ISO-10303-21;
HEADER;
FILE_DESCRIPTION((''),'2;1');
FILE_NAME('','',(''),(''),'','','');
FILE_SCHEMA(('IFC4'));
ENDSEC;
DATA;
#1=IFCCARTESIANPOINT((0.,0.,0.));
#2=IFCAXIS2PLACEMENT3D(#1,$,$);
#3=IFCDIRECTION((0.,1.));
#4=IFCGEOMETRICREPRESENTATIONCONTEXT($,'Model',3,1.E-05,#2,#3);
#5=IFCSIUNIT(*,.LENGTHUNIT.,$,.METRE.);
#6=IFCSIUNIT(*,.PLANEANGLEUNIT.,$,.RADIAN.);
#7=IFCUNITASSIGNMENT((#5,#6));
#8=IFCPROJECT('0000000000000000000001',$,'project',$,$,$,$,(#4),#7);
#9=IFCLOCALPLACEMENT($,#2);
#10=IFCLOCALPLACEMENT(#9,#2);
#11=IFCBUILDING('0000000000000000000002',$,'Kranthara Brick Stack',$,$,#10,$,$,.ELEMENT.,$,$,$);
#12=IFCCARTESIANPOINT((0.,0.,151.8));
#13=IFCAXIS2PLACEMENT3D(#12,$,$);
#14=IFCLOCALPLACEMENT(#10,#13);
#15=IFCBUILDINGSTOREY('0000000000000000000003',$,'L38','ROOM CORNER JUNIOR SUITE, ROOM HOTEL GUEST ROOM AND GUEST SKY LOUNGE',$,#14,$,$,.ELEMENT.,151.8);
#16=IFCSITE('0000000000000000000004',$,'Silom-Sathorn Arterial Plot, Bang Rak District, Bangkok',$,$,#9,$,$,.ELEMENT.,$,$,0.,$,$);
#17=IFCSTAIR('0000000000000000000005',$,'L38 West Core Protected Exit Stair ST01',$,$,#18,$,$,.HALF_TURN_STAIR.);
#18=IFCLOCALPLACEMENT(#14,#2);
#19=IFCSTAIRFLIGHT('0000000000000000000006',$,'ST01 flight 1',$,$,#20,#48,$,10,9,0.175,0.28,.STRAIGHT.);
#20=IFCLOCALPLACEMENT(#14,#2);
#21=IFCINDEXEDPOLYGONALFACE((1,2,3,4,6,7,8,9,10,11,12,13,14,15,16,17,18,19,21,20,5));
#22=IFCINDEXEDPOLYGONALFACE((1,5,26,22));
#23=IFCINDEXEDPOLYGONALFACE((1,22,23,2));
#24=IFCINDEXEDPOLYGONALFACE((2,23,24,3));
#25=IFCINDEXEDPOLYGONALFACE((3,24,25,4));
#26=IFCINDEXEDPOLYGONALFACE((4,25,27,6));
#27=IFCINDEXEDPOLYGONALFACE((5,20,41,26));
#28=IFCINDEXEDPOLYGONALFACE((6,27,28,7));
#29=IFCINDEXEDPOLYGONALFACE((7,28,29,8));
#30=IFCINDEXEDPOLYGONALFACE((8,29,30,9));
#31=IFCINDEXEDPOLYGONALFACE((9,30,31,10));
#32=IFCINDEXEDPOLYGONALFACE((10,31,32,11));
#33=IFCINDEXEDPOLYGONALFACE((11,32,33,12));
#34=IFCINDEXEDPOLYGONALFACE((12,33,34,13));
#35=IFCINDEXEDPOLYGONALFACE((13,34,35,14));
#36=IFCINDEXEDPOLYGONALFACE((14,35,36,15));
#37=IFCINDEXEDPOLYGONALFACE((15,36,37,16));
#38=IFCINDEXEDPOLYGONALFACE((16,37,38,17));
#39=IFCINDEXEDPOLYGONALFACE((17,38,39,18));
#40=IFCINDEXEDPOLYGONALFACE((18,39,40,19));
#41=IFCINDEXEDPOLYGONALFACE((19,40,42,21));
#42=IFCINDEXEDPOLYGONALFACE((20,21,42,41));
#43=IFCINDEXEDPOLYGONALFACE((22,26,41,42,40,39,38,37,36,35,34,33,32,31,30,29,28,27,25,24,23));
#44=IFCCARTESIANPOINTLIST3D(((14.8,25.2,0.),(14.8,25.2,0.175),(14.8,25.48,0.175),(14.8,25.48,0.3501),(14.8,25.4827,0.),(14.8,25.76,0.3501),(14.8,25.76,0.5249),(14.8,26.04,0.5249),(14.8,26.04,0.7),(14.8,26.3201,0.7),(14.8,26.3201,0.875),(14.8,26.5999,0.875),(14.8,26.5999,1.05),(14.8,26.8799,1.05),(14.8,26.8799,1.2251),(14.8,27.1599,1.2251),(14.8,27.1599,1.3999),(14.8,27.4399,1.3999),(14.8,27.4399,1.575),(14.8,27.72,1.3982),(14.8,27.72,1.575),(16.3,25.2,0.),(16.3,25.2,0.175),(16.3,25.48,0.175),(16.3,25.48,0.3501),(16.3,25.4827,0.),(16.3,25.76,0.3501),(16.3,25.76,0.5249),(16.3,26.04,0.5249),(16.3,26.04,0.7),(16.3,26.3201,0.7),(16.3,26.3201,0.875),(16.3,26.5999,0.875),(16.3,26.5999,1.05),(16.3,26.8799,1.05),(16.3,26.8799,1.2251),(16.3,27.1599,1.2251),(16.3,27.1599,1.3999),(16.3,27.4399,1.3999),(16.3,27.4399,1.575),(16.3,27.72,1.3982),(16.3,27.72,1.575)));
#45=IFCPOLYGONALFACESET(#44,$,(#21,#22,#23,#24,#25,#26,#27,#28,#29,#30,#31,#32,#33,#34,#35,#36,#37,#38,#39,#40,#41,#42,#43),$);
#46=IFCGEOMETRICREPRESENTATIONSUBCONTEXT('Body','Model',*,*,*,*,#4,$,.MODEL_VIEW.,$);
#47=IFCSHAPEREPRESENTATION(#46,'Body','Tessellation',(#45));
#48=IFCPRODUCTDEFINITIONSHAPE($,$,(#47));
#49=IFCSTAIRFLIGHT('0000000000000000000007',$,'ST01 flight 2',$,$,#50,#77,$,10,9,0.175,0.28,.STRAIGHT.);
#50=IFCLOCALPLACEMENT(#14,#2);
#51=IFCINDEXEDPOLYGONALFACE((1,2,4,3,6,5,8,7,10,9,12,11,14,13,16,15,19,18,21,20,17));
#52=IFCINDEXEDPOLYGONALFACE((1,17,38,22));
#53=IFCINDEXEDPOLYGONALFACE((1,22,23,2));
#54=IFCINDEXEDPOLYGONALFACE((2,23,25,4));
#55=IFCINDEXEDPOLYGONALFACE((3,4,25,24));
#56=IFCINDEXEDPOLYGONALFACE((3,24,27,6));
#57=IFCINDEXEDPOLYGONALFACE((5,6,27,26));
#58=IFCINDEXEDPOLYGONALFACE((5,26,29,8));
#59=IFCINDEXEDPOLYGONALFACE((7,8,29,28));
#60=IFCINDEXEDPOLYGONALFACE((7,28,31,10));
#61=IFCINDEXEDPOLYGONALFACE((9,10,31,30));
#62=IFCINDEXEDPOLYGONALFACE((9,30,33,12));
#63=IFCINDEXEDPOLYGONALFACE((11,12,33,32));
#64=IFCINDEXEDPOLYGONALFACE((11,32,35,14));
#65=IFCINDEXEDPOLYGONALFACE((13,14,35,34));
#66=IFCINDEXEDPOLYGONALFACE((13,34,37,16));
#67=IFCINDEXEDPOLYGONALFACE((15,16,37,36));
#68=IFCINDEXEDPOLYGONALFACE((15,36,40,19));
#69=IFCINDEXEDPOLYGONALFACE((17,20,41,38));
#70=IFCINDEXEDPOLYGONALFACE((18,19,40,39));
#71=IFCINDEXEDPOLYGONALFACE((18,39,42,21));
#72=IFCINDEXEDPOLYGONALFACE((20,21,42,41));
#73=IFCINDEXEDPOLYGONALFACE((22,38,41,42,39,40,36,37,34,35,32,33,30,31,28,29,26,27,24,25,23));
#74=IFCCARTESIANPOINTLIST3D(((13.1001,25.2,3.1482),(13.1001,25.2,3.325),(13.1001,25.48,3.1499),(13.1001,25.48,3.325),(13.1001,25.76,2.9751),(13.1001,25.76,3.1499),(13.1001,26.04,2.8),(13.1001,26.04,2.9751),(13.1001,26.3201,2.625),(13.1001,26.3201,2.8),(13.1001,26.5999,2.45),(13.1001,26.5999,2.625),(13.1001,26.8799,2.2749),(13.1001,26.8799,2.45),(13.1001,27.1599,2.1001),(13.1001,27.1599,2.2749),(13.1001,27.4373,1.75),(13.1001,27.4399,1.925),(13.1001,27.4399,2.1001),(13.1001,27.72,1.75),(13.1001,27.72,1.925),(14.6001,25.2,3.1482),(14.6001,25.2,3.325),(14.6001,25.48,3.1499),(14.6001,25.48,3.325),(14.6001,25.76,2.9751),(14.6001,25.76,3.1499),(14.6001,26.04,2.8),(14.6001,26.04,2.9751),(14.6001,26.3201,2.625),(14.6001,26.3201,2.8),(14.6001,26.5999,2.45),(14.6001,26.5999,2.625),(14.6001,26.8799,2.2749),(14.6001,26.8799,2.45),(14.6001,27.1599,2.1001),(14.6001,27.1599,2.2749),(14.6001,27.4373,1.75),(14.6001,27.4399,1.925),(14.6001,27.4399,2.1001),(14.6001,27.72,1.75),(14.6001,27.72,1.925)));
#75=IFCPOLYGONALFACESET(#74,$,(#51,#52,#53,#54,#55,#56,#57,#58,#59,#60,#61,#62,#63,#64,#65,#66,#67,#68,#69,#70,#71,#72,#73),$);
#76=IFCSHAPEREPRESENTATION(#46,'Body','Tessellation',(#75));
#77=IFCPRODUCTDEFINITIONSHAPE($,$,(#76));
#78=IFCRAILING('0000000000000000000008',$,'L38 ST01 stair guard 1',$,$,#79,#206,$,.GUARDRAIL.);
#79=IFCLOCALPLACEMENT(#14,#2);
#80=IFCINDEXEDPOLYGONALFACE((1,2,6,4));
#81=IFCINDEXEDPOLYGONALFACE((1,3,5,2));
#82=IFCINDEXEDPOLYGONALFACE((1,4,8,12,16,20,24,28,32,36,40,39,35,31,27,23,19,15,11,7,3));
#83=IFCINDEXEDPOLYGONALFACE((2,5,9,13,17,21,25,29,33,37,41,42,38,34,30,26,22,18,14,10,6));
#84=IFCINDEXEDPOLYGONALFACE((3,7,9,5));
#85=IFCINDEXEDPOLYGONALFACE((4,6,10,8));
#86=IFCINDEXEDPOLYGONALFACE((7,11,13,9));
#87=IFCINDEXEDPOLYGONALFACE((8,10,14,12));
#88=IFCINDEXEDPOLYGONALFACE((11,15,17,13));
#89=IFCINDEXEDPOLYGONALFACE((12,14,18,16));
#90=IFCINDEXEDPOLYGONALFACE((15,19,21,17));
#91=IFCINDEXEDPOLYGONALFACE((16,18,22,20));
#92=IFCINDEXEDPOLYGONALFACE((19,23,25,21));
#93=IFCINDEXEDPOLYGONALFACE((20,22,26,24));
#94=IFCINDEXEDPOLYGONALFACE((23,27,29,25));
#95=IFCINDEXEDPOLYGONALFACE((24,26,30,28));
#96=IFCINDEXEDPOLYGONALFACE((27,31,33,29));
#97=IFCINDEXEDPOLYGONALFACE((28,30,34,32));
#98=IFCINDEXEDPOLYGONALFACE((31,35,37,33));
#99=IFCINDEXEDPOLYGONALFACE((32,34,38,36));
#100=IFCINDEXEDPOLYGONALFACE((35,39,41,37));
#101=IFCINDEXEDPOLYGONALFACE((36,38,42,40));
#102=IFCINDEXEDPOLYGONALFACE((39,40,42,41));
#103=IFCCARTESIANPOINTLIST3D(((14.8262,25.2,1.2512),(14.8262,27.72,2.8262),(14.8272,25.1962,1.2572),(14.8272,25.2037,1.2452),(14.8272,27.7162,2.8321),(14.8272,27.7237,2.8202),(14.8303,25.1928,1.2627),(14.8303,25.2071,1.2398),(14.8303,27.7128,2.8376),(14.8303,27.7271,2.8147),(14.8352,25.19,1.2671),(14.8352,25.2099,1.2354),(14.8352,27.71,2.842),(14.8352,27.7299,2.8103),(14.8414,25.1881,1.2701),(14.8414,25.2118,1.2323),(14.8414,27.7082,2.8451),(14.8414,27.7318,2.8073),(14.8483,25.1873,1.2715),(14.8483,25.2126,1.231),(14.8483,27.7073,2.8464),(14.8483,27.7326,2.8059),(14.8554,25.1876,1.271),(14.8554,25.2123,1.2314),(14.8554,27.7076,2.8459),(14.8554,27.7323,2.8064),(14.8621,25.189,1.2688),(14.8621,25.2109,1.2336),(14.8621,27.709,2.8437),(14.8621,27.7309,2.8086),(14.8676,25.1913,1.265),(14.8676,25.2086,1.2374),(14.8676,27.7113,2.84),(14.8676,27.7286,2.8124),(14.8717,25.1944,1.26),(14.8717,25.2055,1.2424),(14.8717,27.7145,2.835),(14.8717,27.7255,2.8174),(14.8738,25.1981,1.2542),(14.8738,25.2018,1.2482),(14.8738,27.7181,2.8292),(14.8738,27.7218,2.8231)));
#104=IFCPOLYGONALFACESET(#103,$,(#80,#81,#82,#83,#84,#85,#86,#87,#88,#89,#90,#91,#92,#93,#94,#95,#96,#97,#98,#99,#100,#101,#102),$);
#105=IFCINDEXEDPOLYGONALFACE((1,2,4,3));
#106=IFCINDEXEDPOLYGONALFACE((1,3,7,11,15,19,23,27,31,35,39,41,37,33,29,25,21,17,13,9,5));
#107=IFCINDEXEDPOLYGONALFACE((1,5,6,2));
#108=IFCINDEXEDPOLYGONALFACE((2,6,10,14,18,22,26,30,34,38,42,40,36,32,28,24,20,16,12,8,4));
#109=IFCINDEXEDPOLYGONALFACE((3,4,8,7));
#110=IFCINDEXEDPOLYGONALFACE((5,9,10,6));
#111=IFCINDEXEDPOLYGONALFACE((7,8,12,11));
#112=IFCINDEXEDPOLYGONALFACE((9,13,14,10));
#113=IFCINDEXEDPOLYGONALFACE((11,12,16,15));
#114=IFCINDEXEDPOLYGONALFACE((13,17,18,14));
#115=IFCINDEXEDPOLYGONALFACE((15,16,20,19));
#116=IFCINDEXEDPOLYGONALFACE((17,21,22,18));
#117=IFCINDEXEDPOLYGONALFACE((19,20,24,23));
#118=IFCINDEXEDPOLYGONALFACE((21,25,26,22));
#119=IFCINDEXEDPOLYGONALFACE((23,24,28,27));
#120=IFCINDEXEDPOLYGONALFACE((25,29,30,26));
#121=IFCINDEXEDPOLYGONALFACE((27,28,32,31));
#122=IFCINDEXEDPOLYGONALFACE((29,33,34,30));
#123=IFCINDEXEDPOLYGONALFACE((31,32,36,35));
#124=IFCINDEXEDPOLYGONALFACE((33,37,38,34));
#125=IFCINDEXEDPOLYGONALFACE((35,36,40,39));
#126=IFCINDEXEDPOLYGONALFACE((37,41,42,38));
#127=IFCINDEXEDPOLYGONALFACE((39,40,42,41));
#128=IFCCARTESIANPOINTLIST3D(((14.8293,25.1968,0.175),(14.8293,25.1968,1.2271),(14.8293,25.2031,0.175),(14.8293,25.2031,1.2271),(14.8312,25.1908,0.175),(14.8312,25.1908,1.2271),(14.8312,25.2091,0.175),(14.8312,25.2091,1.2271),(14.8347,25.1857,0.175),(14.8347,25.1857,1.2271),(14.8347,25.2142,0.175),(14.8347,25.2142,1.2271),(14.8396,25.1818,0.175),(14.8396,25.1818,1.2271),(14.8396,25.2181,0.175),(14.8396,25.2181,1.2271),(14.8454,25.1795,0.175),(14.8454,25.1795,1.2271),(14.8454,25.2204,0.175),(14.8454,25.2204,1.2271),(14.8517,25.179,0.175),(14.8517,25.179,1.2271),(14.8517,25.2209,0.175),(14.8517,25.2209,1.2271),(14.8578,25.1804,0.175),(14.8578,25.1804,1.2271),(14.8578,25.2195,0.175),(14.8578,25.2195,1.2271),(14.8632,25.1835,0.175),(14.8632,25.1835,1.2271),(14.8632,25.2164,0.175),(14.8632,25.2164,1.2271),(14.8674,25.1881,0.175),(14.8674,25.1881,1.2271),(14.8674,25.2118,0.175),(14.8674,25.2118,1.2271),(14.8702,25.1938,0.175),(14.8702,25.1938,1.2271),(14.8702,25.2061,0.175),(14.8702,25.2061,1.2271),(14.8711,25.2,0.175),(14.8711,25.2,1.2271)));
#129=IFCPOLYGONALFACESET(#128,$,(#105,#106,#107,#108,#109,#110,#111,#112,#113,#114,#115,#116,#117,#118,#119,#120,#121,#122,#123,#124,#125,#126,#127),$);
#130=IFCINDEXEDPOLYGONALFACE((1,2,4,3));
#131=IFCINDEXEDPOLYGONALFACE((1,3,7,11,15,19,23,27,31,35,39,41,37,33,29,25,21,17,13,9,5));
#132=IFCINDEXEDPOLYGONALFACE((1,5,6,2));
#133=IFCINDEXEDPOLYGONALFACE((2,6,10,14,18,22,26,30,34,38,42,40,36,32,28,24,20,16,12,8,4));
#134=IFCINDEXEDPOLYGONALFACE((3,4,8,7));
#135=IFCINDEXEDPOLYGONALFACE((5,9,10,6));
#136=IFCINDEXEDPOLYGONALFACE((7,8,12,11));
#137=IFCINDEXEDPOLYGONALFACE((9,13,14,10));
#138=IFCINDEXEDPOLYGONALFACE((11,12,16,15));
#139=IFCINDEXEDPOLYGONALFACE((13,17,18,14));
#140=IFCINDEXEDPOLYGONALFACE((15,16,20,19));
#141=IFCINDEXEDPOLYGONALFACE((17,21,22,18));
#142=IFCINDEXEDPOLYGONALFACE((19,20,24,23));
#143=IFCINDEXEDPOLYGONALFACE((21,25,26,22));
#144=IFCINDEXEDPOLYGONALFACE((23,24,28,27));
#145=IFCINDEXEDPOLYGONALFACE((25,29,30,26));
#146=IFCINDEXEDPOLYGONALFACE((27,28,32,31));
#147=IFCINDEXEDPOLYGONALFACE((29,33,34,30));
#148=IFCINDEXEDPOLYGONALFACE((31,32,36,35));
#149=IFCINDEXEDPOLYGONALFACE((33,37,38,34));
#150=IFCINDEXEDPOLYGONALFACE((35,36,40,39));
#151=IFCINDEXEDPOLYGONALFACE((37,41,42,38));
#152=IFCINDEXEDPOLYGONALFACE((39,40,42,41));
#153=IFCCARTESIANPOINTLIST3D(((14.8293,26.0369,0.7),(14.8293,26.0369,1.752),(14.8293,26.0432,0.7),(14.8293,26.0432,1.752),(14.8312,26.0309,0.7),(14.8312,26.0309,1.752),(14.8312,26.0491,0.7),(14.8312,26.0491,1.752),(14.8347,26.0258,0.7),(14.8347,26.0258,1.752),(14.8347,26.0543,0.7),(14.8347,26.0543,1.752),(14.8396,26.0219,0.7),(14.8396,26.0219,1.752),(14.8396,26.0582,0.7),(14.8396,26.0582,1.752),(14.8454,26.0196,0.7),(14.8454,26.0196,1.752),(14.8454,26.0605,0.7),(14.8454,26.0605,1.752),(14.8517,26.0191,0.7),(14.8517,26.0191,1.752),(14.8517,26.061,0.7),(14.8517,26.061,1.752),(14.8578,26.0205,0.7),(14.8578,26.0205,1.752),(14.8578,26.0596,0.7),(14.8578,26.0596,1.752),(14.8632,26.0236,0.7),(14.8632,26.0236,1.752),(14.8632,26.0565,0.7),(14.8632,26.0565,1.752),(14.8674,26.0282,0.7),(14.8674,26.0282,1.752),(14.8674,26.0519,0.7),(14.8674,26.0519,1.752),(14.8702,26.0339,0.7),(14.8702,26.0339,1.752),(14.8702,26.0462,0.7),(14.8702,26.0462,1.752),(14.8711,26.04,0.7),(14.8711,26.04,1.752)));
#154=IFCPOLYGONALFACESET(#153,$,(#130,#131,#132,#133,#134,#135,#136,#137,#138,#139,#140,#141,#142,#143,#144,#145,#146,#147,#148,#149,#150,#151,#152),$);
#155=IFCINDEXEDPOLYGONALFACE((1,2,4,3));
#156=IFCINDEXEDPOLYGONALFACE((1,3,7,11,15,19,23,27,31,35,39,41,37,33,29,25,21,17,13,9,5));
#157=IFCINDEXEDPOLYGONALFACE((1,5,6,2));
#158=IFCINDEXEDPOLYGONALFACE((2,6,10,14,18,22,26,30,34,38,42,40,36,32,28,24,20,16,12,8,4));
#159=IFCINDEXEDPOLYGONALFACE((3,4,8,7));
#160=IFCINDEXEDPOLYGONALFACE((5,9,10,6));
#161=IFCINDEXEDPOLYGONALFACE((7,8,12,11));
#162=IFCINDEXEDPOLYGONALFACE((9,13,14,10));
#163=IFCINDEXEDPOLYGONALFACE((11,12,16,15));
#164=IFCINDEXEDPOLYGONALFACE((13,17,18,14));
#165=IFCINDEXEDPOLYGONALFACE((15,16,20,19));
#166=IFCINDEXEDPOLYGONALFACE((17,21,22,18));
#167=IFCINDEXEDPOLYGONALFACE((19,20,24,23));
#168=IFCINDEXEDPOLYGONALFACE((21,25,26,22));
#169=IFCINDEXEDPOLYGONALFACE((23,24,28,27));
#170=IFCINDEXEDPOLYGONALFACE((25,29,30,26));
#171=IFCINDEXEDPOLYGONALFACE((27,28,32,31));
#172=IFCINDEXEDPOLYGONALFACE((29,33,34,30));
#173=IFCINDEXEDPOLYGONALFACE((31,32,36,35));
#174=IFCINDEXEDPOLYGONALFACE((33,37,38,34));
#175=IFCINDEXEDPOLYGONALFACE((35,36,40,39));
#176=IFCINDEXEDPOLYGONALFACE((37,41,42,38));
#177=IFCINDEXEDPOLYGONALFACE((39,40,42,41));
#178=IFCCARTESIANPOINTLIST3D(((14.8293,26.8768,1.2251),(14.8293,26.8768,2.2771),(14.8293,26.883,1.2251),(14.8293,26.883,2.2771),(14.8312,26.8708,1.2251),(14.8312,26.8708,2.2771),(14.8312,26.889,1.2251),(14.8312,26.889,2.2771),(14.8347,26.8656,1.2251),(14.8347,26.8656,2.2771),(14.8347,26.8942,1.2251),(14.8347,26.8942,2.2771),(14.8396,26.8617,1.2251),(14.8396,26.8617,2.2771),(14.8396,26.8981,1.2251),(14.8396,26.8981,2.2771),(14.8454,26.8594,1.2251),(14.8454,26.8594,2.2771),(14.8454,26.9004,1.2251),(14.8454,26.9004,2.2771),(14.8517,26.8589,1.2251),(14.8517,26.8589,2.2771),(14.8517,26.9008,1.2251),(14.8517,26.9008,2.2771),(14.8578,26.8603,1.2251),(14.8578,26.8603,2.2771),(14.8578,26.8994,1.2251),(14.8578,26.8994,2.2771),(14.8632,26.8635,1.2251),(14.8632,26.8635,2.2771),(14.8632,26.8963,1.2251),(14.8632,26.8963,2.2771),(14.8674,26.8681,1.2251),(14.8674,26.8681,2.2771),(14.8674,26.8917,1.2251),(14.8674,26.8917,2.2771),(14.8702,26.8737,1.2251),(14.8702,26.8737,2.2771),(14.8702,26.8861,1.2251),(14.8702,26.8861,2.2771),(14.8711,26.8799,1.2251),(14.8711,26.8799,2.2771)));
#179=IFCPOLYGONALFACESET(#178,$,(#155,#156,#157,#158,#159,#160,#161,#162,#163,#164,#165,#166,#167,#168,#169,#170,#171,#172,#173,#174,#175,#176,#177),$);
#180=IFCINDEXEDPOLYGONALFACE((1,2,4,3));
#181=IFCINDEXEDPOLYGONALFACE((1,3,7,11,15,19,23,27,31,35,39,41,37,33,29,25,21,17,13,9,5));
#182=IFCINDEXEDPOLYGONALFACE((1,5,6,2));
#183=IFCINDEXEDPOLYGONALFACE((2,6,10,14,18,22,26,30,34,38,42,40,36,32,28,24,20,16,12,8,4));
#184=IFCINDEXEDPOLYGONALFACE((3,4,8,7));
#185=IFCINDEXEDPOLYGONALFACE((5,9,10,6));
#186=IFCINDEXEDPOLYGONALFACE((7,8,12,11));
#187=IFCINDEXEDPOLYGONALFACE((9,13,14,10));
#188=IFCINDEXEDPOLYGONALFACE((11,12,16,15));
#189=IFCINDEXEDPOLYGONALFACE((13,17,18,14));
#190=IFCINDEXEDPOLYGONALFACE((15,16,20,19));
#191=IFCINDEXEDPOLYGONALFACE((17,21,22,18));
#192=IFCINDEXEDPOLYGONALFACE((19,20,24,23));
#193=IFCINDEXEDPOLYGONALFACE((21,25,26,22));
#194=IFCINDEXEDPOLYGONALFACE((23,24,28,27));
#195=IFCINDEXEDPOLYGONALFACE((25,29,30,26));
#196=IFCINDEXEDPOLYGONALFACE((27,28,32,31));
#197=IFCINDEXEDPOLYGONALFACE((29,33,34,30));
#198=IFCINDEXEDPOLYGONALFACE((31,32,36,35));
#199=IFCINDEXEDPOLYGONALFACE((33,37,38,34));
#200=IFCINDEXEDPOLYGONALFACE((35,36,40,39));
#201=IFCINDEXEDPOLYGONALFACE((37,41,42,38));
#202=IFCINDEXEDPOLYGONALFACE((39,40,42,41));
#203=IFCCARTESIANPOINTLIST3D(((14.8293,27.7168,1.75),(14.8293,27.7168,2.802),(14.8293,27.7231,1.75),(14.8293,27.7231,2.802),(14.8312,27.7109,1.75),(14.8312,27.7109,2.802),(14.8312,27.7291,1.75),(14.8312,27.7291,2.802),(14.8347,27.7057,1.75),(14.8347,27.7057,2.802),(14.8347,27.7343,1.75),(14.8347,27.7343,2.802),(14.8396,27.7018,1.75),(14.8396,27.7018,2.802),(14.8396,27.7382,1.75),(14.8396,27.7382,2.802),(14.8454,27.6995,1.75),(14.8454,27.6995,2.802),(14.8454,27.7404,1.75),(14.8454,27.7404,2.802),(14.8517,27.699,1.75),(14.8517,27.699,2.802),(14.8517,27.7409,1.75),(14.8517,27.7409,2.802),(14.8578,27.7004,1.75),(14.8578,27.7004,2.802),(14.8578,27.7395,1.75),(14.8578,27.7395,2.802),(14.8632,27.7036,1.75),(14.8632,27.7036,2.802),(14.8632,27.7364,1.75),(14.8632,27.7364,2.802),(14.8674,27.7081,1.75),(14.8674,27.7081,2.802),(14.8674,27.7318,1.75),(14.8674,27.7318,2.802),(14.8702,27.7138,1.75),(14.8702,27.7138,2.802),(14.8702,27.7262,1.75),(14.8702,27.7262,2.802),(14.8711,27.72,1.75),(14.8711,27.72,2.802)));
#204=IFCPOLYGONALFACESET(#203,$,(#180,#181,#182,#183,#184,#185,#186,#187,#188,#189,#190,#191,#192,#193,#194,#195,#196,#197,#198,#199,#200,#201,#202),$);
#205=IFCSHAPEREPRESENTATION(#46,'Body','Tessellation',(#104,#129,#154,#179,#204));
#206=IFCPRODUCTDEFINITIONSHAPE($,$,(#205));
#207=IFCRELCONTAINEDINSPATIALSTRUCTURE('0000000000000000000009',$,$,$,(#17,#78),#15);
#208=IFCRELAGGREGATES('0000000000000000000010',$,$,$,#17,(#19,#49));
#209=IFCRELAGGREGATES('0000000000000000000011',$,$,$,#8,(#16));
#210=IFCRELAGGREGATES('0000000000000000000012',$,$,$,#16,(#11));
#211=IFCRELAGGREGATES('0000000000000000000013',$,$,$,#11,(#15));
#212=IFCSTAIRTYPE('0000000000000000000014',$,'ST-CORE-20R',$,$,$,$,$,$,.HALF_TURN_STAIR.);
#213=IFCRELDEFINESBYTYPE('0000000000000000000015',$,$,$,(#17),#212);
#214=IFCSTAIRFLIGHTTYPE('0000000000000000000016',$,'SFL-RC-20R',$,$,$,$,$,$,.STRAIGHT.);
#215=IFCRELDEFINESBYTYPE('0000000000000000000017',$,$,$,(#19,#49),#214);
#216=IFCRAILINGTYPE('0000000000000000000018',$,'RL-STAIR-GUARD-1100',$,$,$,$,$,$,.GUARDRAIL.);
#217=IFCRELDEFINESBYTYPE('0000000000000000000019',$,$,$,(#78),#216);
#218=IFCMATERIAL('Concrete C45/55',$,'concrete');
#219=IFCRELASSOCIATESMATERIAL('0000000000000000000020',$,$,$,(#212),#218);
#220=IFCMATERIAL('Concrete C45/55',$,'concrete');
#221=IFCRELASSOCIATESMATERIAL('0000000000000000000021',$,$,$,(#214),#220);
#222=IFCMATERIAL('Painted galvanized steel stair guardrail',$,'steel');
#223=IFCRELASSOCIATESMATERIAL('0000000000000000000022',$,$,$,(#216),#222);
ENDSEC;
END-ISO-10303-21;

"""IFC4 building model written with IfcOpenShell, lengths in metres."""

from ifc_helpers import new_model, si_unit, direction, frame, origin, origin_2d, place, context, subcontext, project, spatial, polyline, circle, outline, extrude, material, type_object, element, aggregate, save


model = new_model("IFC4")

# Units and contexts
model_context = context("Model", 3, precision=1e-05, world=origin(), true_north=direction((0.0, 1.0)))
body_context = subcontext(model_context, "Body", "Model", "MODEL_VIEW")
ifc_project = project(units=[si_unit("LENGTHUNIT", "METRE"), si_unit("PLANEANGLEUNIT", "RADIAN")], contexts=[model_context])

# Site, building, storey
site_placement = place(None, origin())
site = spatial("IfcSite", under=ifc_project, at=site_placement, Name="Silom-Sathorn Arterial Plot, Bang Rak District, Bangkok", CompositionType="ELEMENT", RefElevation=0.0)
building_placement = place(site_placement, origin())
building = spatial("IfcBuilding", under=site, at=building_placement, Name="Kranthara Brick Stack", CompositionType="ELEMENT")
storey_placement = place(building_placement, frame((0.0, 0.0, 151.8)))
storey = spatial("IfcBuildingStorey", under=building, at=storey_placement, Name="L38", Description="ROOM CORNER JUNIOR SUITE, ROOM HOTEL GUEST ROOM AND GUEST SKY LOUNGE", CompositionType="ELEMENT", Elevation=151.8)

# Stair, stair flights
ifc_material_1 = material(Name="Concrete C45/55", Category="concrete")
stair_type = type_object("IfcStairType", Name="ST-CORE-20R", PredefinedType="HALF_TURN_STAIR", material=ifc_material_1)
stair_placement = place(storey_placement, origin())
stair = element("IfcStair", 1, at=stair_placement, inside=storey, type_object=stair_type, Name="L38 West Core Protected Exit Stair ST01", PredefinedType="HALF_TURN_STAIR")
ifc_material_2 = material(Name="Concrete C45/55", Category="concrete")
stair_flight_type = type_object("IfcStairFlightType", Name="SFL-RC-20R", PredefinedType="STRAIGHT", material=ifc_material_2)
stair_flight_1_placement = place(storey_placement, frame((15.55, 25.2, 0.0), z_axis=(0.0, 0.0, 1.0), x_axis=(0.0, 1.0, 0.0)))
stair_flight_1 = element("IfcStairFlight", 2, at=stair_flight_1_placement, type_object=stair_flight_type, Name="ST01 flight 1", NumberOfRisers=10, NumberOfTreads=9, PredefinedType="STRAIGHT", RiserHeight=0.175, TreadLength=0.28, context=body_context, shape_type="SweptSolid", body=[
    extrude(outline(polyline([(0.0, 0.0), (0.0, 0.175), (0.28, 0.175), (0.28, 0.3501), (0.5601, 0.3501), (0.5601, 0.5249), (0.8401, 0.5249), (0.8401, 0.7), (1.1201, 0.7), (1.1201, 0.875), (1.3999, 0.875), (1.3999, 1.05), (1.6799, 1.05), (1.6799, 1.2251), (1.96, 1.2251), (1.96, 1.3999), (2.24, 1.3999), (2.24, 1.575), (2.52, 1.575), (2.52, 1.75), (2.52, 1.3982), (0.2827, 0.0), (0.0, 0.0)])), frame((0.0, 0.75, 0.0), z_axis=(0.0, -1.0, 0.0), x_axis=(1.0, 0.0, 0.0)), (0.0, 0.0, 1.0), 1.5),
])
stair_flight_2_placement = place(storey_placement, frame((13.8501, 27.72, 1.75), z_axis=(0.0, 0.0, 1.0), x_axis=(0.0, -1.0, 0.0)))
stair_flight_2 = element("IfcStairFlight", 3, at=stair_flight_2_placement, type_object=stair_flight_type, Name="ST01 flight 2", NumberOfRisers=10, NumberOfTreads=9, PredefinedType="STRAIGHT", RiserHeight=0.175, TreadLength=0.28, context=body_context, shape_type="SweptSolid", body=[
    extrude(outline(polyline([(0.0, 0.0), (0.0, 0.175), (0.28, 0.175), (0.28, 0.3501), (0.5601, 0.3501), (0.5601, 0.5249), (0.8401, 0.5249), (0.8401, 0.7), (1.1201, 0.7), (1.1201, 0.875), (1.3999, 0.875), (1.3999, 1.05), (1.6799, 1.05), (1.6799, 1.2251), (1.96, 1.2251), (1.96, 1.3999), (2.24, 1.3999), (2.24, 1.575), (2.52, 1.575), (2.52, 1.75), (2.52, 1.3982), (0.2827, 0.0), (0.0, 0.0)])), frame((0.0, 0.75, 0.0), z_axis=(0.0, -1.0, 0.0), x_axis=(1.0, 0.0, 0.0)), (0.0, 0.0, 1.0), 1.5),
])
aggregate(stair, [stair_flight_1, stair_flight_2])

# Railing
ifc_material_3 = material(Name="Painted galvanized steel stair guardrail", Category="steel")
railing_type_1 = type_object("IfcRailingType", Name="RL-STAIR-GUARD-1100", PredefinedType="GUARDRAIL", material=ifc_material_3)
railing_1_placement = place(storey_placement, frame((14.8501, 25.2, 0.175)))
element("IfcRailing", 4, at=railing_1_placement, inside=storey, type_object=railing_type_1, Name="L38 ST01 stair guard 1", PredefinedType="GUARDRAIL", context=body_context, shape_type="SweptSolid", body=[
    extrude(circle(Radius=0.0239, at=origin_2d()), frame((0.0, 0.0, 1.0762), z_axis=(0.0, 0.848008, 0.529984), x_axis=(-1.0, 0.0, 0.0)), (0.0, 0.0, 1.0), 2.9717),
    extrude(circle(Radius=0.021, at=origin_2d()), origin(), (0.0, 0.0, 1.0), 1.052),
    extrude(circle(Radius=0.021, at=origin_2d()), frame((0.0, 0.8401, 0.5249)), (0.0, 0.0, 1.0), 1.052),
    extrude(circle(Radius=0.021, at=origin_2d()), frame((0.0, 1.6799, 1.05)), (0.0, 0.0, 1.0), 1.052),
    extrude(circle(Radius=0.021, at=origin_2d()), frame((0.0, 2.52, 1.575)), (0.0, 0.0, 1.0), 1.052),
])

save(model, "model.ifc")
